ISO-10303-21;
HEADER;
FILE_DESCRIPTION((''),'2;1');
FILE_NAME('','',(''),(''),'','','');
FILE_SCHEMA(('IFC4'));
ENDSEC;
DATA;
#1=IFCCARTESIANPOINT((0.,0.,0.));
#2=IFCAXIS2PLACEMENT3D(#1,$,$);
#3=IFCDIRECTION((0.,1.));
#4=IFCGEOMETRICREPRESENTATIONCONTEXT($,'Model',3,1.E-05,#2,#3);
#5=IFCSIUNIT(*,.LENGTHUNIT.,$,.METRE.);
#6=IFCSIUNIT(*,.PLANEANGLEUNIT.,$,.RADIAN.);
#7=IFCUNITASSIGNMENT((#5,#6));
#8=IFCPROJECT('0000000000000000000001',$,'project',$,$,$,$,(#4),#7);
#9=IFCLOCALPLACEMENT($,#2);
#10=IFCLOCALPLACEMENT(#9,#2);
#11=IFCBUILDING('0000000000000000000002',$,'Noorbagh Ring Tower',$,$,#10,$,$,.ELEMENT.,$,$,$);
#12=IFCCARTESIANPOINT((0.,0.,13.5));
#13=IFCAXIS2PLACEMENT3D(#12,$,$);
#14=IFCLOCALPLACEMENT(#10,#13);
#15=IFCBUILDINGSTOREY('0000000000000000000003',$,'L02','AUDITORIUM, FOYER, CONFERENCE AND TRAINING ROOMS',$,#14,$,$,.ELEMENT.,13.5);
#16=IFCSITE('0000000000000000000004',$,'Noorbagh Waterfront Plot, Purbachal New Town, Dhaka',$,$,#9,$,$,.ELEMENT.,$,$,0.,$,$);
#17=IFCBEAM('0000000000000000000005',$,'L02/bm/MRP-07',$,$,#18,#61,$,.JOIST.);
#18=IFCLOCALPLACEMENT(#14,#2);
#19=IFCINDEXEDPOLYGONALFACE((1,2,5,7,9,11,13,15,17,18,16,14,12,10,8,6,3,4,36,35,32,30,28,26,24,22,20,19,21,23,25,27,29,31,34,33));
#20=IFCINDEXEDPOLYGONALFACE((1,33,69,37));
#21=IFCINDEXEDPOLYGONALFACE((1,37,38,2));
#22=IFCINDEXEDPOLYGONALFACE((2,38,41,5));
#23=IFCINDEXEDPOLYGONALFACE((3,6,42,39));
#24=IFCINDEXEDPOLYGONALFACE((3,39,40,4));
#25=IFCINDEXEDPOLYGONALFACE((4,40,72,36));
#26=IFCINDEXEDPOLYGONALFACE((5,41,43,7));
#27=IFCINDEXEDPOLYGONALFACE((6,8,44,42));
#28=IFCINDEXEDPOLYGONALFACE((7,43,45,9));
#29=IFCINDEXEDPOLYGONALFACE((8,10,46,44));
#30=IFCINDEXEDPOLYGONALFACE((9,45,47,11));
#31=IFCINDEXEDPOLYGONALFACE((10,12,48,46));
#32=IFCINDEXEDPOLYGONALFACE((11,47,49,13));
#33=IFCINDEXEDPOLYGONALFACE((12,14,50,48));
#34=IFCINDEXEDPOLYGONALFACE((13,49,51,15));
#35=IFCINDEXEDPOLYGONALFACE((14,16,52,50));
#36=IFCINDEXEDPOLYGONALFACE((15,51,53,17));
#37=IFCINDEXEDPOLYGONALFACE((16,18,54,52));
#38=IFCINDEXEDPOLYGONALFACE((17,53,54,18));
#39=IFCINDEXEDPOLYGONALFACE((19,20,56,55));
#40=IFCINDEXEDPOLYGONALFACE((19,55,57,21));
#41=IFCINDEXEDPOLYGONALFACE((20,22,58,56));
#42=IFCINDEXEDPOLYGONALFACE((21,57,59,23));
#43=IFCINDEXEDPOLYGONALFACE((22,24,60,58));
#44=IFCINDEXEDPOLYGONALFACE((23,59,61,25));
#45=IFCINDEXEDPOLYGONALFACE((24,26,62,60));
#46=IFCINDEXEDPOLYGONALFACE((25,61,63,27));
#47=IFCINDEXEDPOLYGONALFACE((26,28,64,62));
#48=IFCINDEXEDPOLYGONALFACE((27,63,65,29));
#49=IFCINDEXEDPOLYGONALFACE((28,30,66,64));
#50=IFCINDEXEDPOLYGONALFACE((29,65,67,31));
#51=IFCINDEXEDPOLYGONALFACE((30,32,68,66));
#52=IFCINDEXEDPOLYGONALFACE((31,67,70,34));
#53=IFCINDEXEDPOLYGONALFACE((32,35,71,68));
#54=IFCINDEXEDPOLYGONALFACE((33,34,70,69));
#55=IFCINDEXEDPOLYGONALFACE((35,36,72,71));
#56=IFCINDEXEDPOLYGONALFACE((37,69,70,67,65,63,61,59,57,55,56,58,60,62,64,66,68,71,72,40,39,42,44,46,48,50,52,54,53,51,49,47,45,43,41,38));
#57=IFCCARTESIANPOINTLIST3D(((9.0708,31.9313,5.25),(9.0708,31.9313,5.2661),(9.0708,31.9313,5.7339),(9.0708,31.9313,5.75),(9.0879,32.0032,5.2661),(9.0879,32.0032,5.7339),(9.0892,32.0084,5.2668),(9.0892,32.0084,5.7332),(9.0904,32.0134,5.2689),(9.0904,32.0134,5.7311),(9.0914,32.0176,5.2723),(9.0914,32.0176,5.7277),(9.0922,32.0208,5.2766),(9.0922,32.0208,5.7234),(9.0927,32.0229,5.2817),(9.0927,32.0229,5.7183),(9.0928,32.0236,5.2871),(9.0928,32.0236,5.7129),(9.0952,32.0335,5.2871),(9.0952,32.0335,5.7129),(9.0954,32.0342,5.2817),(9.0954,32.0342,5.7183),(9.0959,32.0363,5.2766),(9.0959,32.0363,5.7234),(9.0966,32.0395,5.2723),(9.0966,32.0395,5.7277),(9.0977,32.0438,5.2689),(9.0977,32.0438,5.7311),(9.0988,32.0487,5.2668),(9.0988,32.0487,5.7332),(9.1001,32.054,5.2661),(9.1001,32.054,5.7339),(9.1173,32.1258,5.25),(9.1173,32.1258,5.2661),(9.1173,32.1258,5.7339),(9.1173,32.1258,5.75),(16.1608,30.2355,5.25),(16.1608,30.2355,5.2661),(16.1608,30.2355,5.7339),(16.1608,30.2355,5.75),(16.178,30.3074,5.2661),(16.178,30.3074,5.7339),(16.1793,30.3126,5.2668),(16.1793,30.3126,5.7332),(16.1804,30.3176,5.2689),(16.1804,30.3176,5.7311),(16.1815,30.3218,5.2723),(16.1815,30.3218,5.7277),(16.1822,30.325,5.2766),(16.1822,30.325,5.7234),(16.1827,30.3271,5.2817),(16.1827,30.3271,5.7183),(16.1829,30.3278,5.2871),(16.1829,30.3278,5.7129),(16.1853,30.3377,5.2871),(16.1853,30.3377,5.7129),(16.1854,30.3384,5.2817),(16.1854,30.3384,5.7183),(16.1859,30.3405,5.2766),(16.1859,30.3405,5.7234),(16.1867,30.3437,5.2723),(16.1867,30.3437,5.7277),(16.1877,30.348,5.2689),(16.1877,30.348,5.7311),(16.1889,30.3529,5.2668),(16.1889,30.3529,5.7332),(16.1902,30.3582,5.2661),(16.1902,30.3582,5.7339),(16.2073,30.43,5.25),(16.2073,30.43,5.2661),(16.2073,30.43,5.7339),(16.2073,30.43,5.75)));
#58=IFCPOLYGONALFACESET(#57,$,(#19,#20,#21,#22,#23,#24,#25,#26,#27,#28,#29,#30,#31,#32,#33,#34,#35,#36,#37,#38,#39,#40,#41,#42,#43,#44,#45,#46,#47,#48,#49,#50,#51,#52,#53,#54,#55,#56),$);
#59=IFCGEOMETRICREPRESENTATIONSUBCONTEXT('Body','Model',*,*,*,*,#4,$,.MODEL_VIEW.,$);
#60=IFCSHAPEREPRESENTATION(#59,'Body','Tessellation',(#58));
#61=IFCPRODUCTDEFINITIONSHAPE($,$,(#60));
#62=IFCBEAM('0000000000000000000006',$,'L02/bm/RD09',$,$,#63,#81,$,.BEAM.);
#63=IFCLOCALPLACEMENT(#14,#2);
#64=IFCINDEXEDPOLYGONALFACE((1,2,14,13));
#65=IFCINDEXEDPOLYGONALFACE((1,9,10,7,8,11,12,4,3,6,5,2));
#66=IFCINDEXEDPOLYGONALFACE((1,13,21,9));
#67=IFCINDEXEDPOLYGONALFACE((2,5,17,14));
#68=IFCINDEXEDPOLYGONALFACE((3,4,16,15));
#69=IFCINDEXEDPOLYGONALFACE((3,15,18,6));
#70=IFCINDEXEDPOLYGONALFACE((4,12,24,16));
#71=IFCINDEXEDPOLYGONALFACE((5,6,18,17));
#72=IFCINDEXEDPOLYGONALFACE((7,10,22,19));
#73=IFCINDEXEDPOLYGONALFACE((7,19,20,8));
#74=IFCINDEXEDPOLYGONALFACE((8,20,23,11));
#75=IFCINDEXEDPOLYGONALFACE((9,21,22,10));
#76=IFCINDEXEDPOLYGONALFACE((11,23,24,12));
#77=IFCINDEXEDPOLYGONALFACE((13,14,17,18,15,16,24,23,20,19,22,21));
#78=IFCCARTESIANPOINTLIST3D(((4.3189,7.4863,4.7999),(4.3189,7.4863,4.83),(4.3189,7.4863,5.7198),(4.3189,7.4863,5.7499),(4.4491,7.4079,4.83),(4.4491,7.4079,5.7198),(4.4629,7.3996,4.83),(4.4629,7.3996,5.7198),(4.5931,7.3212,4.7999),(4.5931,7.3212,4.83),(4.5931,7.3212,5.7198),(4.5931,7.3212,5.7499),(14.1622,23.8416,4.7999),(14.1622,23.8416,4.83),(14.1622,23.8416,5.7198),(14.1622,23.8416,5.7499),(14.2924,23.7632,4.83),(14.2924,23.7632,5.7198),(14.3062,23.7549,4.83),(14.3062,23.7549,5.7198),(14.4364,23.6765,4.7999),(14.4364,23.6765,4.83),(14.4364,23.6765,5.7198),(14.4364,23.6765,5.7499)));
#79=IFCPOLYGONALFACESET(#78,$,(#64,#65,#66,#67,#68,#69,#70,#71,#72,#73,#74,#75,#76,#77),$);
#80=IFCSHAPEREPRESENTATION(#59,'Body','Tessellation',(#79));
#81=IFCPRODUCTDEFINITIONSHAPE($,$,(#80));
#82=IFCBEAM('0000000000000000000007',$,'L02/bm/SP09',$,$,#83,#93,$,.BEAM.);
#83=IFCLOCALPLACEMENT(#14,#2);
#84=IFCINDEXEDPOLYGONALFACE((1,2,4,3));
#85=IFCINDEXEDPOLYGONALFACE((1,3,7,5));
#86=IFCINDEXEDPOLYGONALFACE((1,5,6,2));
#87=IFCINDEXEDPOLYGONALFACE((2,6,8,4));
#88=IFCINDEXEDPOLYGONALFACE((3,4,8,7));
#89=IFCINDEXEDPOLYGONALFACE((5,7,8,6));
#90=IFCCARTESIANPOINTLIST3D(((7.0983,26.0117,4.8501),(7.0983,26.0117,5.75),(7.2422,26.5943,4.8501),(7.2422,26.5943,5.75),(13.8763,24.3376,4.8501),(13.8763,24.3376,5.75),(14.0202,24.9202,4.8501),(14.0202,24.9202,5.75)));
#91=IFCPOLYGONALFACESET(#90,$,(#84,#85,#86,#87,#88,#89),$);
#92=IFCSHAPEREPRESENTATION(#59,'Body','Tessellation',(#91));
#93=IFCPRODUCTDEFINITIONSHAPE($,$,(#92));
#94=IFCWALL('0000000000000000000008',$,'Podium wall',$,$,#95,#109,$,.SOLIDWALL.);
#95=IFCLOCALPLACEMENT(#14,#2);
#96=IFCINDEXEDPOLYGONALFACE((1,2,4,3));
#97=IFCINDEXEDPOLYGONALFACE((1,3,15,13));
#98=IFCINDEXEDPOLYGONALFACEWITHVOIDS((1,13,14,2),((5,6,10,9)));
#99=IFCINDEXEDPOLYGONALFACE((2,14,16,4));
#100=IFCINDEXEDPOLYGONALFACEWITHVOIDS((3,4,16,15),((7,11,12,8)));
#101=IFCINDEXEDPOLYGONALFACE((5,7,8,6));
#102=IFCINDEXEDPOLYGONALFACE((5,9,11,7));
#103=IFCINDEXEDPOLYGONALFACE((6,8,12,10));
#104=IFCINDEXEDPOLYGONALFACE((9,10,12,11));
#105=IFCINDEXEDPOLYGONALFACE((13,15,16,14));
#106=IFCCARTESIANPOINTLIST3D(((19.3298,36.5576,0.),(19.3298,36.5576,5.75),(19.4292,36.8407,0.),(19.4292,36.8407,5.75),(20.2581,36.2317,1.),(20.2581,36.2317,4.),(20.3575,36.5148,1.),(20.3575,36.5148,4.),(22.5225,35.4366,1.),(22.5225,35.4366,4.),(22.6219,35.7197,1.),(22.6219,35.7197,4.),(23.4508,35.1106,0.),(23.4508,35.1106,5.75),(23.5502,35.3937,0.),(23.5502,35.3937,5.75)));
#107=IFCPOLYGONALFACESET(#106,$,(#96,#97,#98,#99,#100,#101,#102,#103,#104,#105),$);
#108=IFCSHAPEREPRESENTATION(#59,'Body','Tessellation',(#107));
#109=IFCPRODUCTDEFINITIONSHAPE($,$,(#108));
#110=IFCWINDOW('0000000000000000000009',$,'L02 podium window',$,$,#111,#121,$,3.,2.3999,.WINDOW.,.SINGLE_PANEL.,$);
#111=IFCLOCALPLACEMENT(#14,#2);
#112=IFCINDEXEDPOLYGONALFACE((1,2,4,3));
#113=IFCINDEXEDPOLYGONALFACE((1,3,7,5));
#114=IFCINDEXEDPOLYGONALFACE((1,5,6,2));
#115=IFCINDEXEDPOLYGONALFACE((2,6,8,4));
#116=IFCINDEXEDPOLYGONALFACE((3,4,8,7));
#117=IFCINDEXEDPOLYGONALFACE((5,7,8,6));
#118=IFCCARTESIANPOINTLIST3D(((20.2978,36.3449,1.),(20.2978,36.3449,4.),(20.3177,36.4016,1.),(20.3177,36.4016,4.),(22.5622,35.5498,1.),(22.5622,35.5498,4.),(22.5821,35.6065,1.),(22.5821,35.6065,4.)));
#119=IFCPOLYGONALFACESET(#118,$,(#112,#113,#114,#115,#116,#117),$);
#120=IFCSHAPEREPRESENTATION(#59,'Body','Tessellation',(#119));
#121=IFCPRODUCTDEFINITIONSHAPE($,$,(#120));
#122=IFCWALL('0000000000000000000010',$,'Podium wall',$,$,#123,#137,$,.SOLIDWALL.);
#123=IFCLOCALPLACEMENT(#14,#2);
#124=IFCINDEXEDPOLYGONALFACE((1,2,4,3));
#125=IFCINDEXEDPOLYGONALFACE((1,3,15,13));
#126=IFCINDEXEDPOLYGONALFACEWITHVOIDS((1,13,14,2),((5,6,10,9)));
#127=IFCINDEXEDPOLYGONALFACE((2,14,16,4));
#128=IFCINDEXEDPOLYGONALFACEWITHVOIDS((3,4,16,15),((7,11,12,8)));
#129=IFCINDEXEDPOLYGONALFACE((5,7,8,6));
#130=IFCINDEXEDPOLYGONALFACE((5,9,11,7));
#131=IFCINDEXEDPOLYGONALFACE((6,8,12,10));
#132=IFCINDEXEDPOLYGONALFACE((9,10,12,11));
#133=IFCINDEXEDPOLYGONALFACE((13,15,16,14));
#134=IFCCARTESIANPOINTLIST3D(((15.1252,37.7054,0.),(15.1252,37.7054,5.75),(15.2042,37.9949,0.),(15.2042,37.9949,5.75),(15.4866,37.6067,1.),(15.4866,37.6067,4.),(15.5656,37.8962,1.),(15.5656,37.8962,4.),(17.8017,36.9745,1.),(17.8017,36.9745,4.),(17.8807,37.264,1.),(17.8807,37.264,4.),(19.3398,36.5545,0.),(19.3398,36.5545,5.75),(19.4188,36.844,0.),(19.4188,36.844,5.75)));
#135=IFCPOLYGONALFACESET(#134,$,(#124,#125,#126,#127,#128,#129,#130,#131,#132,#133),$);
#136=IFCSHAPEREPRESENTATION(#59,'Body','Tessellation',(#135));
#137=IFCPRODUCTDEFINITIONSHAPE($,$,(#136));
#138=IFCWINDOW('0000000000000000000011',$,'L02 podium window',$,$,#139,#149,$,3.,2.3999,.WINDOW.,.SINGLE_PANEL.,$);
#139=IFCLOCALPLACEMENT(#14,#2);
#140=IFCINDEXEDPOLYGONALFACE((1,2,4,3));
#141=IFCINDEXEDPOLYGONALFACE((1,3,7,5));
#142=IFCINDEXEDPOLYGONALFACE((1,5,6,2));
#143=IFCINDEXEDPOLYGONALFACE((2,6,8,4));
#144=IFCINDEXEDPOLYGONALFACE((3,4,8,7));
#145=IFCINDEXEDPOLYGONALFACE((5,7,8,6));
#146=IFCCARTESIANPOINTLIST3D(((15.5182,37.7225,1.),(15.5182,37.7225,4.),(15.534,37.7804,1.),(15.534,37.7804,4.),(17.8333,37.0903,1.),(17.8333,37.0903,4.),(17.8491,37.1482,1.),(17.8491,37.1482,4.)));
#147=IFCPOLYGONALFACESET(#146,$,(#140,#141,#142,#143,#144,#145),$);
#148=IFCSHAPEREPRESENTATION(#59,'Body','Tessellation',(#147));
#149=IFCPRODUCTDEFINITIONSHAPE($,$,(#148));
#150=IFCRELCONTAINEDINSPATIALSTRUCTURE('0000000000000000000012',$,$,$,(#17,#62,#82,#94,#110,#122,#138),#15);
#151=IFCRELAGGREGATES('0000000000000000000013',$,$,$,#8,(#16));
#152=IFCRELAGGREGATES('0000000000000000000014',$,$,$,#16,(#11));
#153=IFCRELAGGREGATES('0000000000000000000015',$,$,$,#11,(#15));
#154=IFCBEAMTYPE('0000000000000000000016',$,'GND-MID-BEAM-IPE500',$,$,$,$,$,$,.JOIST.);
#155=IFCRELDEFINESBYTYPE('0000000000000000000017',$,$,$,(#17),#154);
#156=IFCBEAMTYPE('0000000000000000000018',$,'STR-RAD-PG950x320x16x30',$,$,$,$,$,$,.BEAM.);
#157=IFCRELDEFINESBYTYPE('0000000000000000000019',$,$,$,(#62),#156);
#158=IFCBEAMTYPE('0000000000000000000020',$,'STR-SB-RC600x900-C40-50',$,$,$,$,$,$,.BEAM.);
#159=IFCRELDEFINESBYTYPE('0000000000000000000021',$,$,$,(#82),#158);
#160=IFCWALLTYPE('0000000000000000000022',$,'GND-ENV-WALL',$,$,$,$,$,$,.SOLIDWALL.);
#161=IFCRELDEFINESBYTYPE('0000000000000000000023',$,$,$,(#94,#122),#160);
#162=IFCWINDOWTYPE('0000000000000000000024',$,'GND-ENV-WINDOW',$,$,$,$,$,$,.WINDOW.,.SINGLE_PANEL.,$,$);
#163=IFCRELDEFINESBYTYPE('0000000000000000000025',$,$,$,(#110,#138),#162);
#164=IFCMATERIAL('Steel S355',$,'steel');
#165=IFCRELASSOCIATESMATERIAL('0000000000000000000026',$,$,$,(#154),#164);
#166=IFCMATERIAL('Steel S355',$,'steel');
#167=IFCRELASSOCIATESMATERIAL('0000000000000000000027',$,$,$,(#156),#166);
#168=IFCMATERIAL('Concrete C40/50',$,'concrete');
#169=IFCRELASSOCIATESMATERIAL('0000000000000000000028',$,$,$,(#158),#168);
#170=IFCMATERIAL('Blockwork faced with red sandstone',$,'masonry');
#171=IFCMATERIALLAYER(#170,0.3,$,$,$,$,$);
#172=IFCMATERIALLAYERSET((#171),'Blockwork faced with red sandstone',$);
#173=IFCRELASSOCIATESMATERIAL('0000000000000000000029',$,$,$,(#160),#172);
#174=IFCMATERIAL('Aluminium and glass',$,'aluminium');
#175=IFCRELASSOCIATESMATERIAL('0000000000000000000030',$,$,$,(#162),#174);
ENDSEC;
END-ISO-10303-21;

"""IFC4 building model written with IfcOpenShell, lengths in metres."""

from ifc_helpers import new_model, si_unit, direction, frame, frame_2d, origin, origin_2d, place, context, subcontext, project, spatial, rectangle, i_section, extrude, material, layer, layer_set, material_profile, profile_set, type_object, element, fill, save


model = new_model("IFC4")

# Units and contexts
model_context = context("Model", 3, precision=1e-05, world=origin(), true_north=direction((0.0, 1.0)))
body_context = subcontext(model_context, "Body", "Model", "MODEL_VIEW")
ifc_project = project(units=[si_unit("LENGTHUNIT", "METRE"), si_unit("PLANEANGLEUNIT", "RADIAN")], contexts=[model_context])

# Site, building, storey
site_placement = place(None, origin())
site = spatial("IfcSite", under=ifc_project, at=site_placement, Name="Noorbagh Waterfront Plot, Purbachal New Town, Dhaka", CompositionType="ELEMENT", RefElevation=0.0)
building_placement = place(site_placement, origin())
building = spatial("IfcBuilding", under=site, at=building_placement, Name="Noorbagh Ring Tower", CompositionType="ELEMENT")
storey_placement = place(building_placement, frame((0.0, 0.0, 13.5)))
storey = spatial("IfcBuildingStorey", under=building, at=storey_placement, Name="L02", Description="AUDITORIUM, FOYER, CONFERENCE AND TRAINING ROOMS", CompositionType="ELEMENT", Elevation=13.5)

# Beams
ifc_material_1 = material(Name="Steel S355", Category="steel")
ifc_material_profile_1 = material_profile(ifc_material_1, i_section(OverallWidth=0.2, OverallDepth=0.5, WebThickness=0.0103, FlangeThickness=0.0161, FilletRadius=0.021, at=origin_2d()), Name="IPE500")
ifc_profile_set_1 = profile_set([ifc_material_profile_1], Name="Steel S355")
beam_type_1 = type_object("IfcBeamType", Name="GND-MID-BEAM-IPE500", PredefinedType="JOIST", material=ifc_profile_set_1)
beam_1_placement = place(storey_placement, frame((16.1841, 30.3328, 5.5), z_axis=(-0.972568, 0.232618, 0.0), x_axis=(-0.232618, -0.972568, 0.0)))
element("IfcBeam", 1, at=beam_1_placement, inside=storey, type_object=beam_type_1, Name="L02/bm/MRP-07", PredefinedType="JOIST", context=body_context, shape_type="SweptSolid", body=[
    extrude(i_section(OverallWidth=0.2, OverallDepth=0.5, WebThickness=0.0103, FlangeThickness=0.0161, FilletRadius=0.021, at=origin_2d()), origin(), (0.0, 0.0, 1.0), 7.29),
])
ifc_material_2 = material(Name="Steel S355", Category="steel")
ifc_material_profile_2 = material_profile(ifc_material_2, i_section(OverallWidth=0.3201, OverallDepth=0.95, WebThickness=0.0161, FlangeThickness=0.03, at=origin_2d()), Name="PG950x320x16x30")
ifc_profile_set_2 = profile_set([ifc_material_profile_2], Name="Steel S355")
beam_type_2 = type_object("IfcBeamType", Name="STR-RAD-PG950x320x16x30", PredefinedType="BEAM", material=ifc_profile_set_2)
beam_2_placement = place(storey_placement, frame((14.2993, 23.759, 5.2749), z_axis=(-0.515656, -0.856796, 0.0), x_axis=(0.856796, -0.515656, 0.0)))
element("IfcBeam", 2, at=beam_2_placement, inside=storey, type_object=beam_type_2, Name="L02/bm/RD09", PredefinedType="BEAM", context=body_context, shape_type="SweptSolid", body=[
    extrude(i_section(OverallWidth=0.3201, OverallDepth=0.95, WebThickness=0.0161, FlangeThickness=0.03, at=origin_2d()), origin(), (0.0, 0.0, 1.0), 19.0889),
])
ifc_material_3 = material(Name="Concrete C40/50", Category="concrete")
ifc_material_profile_3 = material_profile(ifc_material_3, rectangle(XDim=0.6001, YDim=0.8999, at=origin_2d()), Name="RC600x900")
ifc_profile_set_3 = profile_set([ifc_material_profile_3], Name="Concrete C40/50")
beam_type_3 = type_object("IfcBeamType", Name="STR-SB-RC600x900-C40-50", PredefinedType="BEAM", material=ifc_profile_set_3)
beam_3_placement = place(storey_placement, frame((13.9482, 24.6289, 5.3), z_axis=(-0.970828, 0.239778, 0.0), x_axis=(-0.239778, -0.970828, 0.0)))
element("IfcBeam", 3, at=beam_3_placement, inside=storey, type_object=beam_type_3, Name="L02/bm/SP09", PredefinedType="BEAM", context=body_context, shape_type="SweptSolid", body=[
    extrude(rectangle(XDim=0.6001, YDim=0.8999, at=origin_2d()), origin(), (0.0, 0.0, 1.0), 6.9817),
])

# Walls, openings, windows
ifc_material_4 = material(Name="Blockwork faced with red sandstone", Category="masonry")
ifc_layer_1 = layer(ifc_material_4, 0.3)
ifc_layer_set_1 = layer_set([ifc_layer_1], Name="Blockwork faced with red sandstone")
wall_type_1 = type_object("IfcWallType", Name="GND-ENV-WALL", PredefinedType="SOLIDWALL", material=ifc_layer_set_1)
wall_1_placement = place(storey_placement, frame((23.5005, 35.2522, 0.0), z_axis=(0.0, 0.0, 1.0), x_axis=(-0.943527, 0.331296, 0.0)))
wall_1 = element("IfcWall", 4, at=wall_1_placement, inside=storey, type_object=wall_type_1, Name="Podium wall", PredefinedType="SOLIDWALL", context=body_context, shape_type="SweptSolid", body=[
    extrude(rectangle(XDim=4.3677, YDim=0.3, at=frame_2d((2.1838, 0.0))), origin(), (0.0, 0.0, 1.0), 5.75),
])
opening_1_placement = place(wall_1_placement, frame((0.9839, 0.0, 1.0)))
opening_1 = element("IfcOpeningElement", 5, at=opening_1_placement, cuts=wall_1, PredefinedType="OPENING", context=body_context, shape_type="SweptSolid", body=[
    extrude(rectangle(XDim=2.3999, YDim=3.0, at=frame_2d((1.2, 1.5))), frame((0.0, 0.1602, 0.0), z_axis=(0.0, -1.0, 0.0), x_axis=(1.0, 0.0, 0.0)), (0.0, 0.0, 1.0), 0.3201),
])
ifc_material_5 = material(Name="Aluminium and glass", Category="aluminium")
window_type = type_object("IfcWindowType", Name="GND-ENV-WINDOW", PartitioningType="SINGLE_PANEL", PredefinedType="WINDOW", material=ifc_material_5)
window_1_placement = place(opening_1_placement, origin())
window_1 = element("IfcWindow", 6, at=window_1_placement, inside=storey, type_object=window_type, Name="L02 podium window", OverallHeight=3.0, OverallWidth=2.3999, PartitioningType="SINGLE_PANEL", PredefinedType="WINDOW", context=body_context, shape_type="SweptSolid", body=[
    extrude(rectangle(XDim=2.3999, YDim=3.0, at=frame_2d((1.2, 1.5))), frame((0.0, 0.03, 0.0), z_axis=(0.0, -1.0, 0.0), x_axis=(1.0, 0.0, 0.0)), (0.0, 0.0, 1.0), 0.0601),
])
fill(opening_1, window_1)
wall_2_placement = place(storey_placement, frame((19.3794, 36.6992, 0.0), z_axis=(0.0, 0.0, 1.0), x_axis=(-0.96468, 0.263425, 0.0)))
wall_2 = element("IfcWall", 7, at=wall_2_placement, inside=storey, type_object=wall_type_1, Name="Podium wall", PredefinedType="SOLIDWALL", context=body_context, shape_type="SweptSolid", body=[
    extrude(rectangle(XDim=4.3689, YDim=0.3, at=frame_2d((2.1846, 0.0))), origin(), (0.0, 0.0, 1.0), 5.75),
])
opening_2_placement = place(wall_2_placement, frame((1.5945, 0.0, 1.0)))
opening_2 = element("IfcOpeningElement", 8, at=opening_2_placement, cuts=wall_2, PredefinedType="OPENING", context=body_context, shape_type="SweptSolid", body=[
    extrude(rectangle(XDim=2.3999, YDim=3.0, at=frame_2d((1.2, 1.5))), frame((0.0, 0.1602, 0.0), z_axis=(0.0, -1.0, 0.0), x_axis=(1.0, 0.0, 0.0)), (0.0, 0.0, 1.0), 0.3201),
])
window_2_placement = place(opening_2_placement, origin())
window_2 = element("IfcWindow", 9, at=window_2_placement, inside=storey, type_object=window_type, Name="L02 podium window", OverallHeight=3.0, OverallWidth=2.3999, PartitioningType="SINGLE_PANEL", PredefinedType="WINDOW", context=body_context, shape_type="SweptSolid", body=[
    extrude(rectangle(XDim=2.3999, YDim=3.0, at=frame_2d((1.2, 1.5))), frame((0.0, 0.03, 0.0), z_axis=(0.0, -1.0, 0.0), x_axis=(1.0, 0.0, 0.0)), (0.0, 0.0, 1.0), 0.0601),
])
fill(opening_2, window_2)

save(model, "model.ifc")
